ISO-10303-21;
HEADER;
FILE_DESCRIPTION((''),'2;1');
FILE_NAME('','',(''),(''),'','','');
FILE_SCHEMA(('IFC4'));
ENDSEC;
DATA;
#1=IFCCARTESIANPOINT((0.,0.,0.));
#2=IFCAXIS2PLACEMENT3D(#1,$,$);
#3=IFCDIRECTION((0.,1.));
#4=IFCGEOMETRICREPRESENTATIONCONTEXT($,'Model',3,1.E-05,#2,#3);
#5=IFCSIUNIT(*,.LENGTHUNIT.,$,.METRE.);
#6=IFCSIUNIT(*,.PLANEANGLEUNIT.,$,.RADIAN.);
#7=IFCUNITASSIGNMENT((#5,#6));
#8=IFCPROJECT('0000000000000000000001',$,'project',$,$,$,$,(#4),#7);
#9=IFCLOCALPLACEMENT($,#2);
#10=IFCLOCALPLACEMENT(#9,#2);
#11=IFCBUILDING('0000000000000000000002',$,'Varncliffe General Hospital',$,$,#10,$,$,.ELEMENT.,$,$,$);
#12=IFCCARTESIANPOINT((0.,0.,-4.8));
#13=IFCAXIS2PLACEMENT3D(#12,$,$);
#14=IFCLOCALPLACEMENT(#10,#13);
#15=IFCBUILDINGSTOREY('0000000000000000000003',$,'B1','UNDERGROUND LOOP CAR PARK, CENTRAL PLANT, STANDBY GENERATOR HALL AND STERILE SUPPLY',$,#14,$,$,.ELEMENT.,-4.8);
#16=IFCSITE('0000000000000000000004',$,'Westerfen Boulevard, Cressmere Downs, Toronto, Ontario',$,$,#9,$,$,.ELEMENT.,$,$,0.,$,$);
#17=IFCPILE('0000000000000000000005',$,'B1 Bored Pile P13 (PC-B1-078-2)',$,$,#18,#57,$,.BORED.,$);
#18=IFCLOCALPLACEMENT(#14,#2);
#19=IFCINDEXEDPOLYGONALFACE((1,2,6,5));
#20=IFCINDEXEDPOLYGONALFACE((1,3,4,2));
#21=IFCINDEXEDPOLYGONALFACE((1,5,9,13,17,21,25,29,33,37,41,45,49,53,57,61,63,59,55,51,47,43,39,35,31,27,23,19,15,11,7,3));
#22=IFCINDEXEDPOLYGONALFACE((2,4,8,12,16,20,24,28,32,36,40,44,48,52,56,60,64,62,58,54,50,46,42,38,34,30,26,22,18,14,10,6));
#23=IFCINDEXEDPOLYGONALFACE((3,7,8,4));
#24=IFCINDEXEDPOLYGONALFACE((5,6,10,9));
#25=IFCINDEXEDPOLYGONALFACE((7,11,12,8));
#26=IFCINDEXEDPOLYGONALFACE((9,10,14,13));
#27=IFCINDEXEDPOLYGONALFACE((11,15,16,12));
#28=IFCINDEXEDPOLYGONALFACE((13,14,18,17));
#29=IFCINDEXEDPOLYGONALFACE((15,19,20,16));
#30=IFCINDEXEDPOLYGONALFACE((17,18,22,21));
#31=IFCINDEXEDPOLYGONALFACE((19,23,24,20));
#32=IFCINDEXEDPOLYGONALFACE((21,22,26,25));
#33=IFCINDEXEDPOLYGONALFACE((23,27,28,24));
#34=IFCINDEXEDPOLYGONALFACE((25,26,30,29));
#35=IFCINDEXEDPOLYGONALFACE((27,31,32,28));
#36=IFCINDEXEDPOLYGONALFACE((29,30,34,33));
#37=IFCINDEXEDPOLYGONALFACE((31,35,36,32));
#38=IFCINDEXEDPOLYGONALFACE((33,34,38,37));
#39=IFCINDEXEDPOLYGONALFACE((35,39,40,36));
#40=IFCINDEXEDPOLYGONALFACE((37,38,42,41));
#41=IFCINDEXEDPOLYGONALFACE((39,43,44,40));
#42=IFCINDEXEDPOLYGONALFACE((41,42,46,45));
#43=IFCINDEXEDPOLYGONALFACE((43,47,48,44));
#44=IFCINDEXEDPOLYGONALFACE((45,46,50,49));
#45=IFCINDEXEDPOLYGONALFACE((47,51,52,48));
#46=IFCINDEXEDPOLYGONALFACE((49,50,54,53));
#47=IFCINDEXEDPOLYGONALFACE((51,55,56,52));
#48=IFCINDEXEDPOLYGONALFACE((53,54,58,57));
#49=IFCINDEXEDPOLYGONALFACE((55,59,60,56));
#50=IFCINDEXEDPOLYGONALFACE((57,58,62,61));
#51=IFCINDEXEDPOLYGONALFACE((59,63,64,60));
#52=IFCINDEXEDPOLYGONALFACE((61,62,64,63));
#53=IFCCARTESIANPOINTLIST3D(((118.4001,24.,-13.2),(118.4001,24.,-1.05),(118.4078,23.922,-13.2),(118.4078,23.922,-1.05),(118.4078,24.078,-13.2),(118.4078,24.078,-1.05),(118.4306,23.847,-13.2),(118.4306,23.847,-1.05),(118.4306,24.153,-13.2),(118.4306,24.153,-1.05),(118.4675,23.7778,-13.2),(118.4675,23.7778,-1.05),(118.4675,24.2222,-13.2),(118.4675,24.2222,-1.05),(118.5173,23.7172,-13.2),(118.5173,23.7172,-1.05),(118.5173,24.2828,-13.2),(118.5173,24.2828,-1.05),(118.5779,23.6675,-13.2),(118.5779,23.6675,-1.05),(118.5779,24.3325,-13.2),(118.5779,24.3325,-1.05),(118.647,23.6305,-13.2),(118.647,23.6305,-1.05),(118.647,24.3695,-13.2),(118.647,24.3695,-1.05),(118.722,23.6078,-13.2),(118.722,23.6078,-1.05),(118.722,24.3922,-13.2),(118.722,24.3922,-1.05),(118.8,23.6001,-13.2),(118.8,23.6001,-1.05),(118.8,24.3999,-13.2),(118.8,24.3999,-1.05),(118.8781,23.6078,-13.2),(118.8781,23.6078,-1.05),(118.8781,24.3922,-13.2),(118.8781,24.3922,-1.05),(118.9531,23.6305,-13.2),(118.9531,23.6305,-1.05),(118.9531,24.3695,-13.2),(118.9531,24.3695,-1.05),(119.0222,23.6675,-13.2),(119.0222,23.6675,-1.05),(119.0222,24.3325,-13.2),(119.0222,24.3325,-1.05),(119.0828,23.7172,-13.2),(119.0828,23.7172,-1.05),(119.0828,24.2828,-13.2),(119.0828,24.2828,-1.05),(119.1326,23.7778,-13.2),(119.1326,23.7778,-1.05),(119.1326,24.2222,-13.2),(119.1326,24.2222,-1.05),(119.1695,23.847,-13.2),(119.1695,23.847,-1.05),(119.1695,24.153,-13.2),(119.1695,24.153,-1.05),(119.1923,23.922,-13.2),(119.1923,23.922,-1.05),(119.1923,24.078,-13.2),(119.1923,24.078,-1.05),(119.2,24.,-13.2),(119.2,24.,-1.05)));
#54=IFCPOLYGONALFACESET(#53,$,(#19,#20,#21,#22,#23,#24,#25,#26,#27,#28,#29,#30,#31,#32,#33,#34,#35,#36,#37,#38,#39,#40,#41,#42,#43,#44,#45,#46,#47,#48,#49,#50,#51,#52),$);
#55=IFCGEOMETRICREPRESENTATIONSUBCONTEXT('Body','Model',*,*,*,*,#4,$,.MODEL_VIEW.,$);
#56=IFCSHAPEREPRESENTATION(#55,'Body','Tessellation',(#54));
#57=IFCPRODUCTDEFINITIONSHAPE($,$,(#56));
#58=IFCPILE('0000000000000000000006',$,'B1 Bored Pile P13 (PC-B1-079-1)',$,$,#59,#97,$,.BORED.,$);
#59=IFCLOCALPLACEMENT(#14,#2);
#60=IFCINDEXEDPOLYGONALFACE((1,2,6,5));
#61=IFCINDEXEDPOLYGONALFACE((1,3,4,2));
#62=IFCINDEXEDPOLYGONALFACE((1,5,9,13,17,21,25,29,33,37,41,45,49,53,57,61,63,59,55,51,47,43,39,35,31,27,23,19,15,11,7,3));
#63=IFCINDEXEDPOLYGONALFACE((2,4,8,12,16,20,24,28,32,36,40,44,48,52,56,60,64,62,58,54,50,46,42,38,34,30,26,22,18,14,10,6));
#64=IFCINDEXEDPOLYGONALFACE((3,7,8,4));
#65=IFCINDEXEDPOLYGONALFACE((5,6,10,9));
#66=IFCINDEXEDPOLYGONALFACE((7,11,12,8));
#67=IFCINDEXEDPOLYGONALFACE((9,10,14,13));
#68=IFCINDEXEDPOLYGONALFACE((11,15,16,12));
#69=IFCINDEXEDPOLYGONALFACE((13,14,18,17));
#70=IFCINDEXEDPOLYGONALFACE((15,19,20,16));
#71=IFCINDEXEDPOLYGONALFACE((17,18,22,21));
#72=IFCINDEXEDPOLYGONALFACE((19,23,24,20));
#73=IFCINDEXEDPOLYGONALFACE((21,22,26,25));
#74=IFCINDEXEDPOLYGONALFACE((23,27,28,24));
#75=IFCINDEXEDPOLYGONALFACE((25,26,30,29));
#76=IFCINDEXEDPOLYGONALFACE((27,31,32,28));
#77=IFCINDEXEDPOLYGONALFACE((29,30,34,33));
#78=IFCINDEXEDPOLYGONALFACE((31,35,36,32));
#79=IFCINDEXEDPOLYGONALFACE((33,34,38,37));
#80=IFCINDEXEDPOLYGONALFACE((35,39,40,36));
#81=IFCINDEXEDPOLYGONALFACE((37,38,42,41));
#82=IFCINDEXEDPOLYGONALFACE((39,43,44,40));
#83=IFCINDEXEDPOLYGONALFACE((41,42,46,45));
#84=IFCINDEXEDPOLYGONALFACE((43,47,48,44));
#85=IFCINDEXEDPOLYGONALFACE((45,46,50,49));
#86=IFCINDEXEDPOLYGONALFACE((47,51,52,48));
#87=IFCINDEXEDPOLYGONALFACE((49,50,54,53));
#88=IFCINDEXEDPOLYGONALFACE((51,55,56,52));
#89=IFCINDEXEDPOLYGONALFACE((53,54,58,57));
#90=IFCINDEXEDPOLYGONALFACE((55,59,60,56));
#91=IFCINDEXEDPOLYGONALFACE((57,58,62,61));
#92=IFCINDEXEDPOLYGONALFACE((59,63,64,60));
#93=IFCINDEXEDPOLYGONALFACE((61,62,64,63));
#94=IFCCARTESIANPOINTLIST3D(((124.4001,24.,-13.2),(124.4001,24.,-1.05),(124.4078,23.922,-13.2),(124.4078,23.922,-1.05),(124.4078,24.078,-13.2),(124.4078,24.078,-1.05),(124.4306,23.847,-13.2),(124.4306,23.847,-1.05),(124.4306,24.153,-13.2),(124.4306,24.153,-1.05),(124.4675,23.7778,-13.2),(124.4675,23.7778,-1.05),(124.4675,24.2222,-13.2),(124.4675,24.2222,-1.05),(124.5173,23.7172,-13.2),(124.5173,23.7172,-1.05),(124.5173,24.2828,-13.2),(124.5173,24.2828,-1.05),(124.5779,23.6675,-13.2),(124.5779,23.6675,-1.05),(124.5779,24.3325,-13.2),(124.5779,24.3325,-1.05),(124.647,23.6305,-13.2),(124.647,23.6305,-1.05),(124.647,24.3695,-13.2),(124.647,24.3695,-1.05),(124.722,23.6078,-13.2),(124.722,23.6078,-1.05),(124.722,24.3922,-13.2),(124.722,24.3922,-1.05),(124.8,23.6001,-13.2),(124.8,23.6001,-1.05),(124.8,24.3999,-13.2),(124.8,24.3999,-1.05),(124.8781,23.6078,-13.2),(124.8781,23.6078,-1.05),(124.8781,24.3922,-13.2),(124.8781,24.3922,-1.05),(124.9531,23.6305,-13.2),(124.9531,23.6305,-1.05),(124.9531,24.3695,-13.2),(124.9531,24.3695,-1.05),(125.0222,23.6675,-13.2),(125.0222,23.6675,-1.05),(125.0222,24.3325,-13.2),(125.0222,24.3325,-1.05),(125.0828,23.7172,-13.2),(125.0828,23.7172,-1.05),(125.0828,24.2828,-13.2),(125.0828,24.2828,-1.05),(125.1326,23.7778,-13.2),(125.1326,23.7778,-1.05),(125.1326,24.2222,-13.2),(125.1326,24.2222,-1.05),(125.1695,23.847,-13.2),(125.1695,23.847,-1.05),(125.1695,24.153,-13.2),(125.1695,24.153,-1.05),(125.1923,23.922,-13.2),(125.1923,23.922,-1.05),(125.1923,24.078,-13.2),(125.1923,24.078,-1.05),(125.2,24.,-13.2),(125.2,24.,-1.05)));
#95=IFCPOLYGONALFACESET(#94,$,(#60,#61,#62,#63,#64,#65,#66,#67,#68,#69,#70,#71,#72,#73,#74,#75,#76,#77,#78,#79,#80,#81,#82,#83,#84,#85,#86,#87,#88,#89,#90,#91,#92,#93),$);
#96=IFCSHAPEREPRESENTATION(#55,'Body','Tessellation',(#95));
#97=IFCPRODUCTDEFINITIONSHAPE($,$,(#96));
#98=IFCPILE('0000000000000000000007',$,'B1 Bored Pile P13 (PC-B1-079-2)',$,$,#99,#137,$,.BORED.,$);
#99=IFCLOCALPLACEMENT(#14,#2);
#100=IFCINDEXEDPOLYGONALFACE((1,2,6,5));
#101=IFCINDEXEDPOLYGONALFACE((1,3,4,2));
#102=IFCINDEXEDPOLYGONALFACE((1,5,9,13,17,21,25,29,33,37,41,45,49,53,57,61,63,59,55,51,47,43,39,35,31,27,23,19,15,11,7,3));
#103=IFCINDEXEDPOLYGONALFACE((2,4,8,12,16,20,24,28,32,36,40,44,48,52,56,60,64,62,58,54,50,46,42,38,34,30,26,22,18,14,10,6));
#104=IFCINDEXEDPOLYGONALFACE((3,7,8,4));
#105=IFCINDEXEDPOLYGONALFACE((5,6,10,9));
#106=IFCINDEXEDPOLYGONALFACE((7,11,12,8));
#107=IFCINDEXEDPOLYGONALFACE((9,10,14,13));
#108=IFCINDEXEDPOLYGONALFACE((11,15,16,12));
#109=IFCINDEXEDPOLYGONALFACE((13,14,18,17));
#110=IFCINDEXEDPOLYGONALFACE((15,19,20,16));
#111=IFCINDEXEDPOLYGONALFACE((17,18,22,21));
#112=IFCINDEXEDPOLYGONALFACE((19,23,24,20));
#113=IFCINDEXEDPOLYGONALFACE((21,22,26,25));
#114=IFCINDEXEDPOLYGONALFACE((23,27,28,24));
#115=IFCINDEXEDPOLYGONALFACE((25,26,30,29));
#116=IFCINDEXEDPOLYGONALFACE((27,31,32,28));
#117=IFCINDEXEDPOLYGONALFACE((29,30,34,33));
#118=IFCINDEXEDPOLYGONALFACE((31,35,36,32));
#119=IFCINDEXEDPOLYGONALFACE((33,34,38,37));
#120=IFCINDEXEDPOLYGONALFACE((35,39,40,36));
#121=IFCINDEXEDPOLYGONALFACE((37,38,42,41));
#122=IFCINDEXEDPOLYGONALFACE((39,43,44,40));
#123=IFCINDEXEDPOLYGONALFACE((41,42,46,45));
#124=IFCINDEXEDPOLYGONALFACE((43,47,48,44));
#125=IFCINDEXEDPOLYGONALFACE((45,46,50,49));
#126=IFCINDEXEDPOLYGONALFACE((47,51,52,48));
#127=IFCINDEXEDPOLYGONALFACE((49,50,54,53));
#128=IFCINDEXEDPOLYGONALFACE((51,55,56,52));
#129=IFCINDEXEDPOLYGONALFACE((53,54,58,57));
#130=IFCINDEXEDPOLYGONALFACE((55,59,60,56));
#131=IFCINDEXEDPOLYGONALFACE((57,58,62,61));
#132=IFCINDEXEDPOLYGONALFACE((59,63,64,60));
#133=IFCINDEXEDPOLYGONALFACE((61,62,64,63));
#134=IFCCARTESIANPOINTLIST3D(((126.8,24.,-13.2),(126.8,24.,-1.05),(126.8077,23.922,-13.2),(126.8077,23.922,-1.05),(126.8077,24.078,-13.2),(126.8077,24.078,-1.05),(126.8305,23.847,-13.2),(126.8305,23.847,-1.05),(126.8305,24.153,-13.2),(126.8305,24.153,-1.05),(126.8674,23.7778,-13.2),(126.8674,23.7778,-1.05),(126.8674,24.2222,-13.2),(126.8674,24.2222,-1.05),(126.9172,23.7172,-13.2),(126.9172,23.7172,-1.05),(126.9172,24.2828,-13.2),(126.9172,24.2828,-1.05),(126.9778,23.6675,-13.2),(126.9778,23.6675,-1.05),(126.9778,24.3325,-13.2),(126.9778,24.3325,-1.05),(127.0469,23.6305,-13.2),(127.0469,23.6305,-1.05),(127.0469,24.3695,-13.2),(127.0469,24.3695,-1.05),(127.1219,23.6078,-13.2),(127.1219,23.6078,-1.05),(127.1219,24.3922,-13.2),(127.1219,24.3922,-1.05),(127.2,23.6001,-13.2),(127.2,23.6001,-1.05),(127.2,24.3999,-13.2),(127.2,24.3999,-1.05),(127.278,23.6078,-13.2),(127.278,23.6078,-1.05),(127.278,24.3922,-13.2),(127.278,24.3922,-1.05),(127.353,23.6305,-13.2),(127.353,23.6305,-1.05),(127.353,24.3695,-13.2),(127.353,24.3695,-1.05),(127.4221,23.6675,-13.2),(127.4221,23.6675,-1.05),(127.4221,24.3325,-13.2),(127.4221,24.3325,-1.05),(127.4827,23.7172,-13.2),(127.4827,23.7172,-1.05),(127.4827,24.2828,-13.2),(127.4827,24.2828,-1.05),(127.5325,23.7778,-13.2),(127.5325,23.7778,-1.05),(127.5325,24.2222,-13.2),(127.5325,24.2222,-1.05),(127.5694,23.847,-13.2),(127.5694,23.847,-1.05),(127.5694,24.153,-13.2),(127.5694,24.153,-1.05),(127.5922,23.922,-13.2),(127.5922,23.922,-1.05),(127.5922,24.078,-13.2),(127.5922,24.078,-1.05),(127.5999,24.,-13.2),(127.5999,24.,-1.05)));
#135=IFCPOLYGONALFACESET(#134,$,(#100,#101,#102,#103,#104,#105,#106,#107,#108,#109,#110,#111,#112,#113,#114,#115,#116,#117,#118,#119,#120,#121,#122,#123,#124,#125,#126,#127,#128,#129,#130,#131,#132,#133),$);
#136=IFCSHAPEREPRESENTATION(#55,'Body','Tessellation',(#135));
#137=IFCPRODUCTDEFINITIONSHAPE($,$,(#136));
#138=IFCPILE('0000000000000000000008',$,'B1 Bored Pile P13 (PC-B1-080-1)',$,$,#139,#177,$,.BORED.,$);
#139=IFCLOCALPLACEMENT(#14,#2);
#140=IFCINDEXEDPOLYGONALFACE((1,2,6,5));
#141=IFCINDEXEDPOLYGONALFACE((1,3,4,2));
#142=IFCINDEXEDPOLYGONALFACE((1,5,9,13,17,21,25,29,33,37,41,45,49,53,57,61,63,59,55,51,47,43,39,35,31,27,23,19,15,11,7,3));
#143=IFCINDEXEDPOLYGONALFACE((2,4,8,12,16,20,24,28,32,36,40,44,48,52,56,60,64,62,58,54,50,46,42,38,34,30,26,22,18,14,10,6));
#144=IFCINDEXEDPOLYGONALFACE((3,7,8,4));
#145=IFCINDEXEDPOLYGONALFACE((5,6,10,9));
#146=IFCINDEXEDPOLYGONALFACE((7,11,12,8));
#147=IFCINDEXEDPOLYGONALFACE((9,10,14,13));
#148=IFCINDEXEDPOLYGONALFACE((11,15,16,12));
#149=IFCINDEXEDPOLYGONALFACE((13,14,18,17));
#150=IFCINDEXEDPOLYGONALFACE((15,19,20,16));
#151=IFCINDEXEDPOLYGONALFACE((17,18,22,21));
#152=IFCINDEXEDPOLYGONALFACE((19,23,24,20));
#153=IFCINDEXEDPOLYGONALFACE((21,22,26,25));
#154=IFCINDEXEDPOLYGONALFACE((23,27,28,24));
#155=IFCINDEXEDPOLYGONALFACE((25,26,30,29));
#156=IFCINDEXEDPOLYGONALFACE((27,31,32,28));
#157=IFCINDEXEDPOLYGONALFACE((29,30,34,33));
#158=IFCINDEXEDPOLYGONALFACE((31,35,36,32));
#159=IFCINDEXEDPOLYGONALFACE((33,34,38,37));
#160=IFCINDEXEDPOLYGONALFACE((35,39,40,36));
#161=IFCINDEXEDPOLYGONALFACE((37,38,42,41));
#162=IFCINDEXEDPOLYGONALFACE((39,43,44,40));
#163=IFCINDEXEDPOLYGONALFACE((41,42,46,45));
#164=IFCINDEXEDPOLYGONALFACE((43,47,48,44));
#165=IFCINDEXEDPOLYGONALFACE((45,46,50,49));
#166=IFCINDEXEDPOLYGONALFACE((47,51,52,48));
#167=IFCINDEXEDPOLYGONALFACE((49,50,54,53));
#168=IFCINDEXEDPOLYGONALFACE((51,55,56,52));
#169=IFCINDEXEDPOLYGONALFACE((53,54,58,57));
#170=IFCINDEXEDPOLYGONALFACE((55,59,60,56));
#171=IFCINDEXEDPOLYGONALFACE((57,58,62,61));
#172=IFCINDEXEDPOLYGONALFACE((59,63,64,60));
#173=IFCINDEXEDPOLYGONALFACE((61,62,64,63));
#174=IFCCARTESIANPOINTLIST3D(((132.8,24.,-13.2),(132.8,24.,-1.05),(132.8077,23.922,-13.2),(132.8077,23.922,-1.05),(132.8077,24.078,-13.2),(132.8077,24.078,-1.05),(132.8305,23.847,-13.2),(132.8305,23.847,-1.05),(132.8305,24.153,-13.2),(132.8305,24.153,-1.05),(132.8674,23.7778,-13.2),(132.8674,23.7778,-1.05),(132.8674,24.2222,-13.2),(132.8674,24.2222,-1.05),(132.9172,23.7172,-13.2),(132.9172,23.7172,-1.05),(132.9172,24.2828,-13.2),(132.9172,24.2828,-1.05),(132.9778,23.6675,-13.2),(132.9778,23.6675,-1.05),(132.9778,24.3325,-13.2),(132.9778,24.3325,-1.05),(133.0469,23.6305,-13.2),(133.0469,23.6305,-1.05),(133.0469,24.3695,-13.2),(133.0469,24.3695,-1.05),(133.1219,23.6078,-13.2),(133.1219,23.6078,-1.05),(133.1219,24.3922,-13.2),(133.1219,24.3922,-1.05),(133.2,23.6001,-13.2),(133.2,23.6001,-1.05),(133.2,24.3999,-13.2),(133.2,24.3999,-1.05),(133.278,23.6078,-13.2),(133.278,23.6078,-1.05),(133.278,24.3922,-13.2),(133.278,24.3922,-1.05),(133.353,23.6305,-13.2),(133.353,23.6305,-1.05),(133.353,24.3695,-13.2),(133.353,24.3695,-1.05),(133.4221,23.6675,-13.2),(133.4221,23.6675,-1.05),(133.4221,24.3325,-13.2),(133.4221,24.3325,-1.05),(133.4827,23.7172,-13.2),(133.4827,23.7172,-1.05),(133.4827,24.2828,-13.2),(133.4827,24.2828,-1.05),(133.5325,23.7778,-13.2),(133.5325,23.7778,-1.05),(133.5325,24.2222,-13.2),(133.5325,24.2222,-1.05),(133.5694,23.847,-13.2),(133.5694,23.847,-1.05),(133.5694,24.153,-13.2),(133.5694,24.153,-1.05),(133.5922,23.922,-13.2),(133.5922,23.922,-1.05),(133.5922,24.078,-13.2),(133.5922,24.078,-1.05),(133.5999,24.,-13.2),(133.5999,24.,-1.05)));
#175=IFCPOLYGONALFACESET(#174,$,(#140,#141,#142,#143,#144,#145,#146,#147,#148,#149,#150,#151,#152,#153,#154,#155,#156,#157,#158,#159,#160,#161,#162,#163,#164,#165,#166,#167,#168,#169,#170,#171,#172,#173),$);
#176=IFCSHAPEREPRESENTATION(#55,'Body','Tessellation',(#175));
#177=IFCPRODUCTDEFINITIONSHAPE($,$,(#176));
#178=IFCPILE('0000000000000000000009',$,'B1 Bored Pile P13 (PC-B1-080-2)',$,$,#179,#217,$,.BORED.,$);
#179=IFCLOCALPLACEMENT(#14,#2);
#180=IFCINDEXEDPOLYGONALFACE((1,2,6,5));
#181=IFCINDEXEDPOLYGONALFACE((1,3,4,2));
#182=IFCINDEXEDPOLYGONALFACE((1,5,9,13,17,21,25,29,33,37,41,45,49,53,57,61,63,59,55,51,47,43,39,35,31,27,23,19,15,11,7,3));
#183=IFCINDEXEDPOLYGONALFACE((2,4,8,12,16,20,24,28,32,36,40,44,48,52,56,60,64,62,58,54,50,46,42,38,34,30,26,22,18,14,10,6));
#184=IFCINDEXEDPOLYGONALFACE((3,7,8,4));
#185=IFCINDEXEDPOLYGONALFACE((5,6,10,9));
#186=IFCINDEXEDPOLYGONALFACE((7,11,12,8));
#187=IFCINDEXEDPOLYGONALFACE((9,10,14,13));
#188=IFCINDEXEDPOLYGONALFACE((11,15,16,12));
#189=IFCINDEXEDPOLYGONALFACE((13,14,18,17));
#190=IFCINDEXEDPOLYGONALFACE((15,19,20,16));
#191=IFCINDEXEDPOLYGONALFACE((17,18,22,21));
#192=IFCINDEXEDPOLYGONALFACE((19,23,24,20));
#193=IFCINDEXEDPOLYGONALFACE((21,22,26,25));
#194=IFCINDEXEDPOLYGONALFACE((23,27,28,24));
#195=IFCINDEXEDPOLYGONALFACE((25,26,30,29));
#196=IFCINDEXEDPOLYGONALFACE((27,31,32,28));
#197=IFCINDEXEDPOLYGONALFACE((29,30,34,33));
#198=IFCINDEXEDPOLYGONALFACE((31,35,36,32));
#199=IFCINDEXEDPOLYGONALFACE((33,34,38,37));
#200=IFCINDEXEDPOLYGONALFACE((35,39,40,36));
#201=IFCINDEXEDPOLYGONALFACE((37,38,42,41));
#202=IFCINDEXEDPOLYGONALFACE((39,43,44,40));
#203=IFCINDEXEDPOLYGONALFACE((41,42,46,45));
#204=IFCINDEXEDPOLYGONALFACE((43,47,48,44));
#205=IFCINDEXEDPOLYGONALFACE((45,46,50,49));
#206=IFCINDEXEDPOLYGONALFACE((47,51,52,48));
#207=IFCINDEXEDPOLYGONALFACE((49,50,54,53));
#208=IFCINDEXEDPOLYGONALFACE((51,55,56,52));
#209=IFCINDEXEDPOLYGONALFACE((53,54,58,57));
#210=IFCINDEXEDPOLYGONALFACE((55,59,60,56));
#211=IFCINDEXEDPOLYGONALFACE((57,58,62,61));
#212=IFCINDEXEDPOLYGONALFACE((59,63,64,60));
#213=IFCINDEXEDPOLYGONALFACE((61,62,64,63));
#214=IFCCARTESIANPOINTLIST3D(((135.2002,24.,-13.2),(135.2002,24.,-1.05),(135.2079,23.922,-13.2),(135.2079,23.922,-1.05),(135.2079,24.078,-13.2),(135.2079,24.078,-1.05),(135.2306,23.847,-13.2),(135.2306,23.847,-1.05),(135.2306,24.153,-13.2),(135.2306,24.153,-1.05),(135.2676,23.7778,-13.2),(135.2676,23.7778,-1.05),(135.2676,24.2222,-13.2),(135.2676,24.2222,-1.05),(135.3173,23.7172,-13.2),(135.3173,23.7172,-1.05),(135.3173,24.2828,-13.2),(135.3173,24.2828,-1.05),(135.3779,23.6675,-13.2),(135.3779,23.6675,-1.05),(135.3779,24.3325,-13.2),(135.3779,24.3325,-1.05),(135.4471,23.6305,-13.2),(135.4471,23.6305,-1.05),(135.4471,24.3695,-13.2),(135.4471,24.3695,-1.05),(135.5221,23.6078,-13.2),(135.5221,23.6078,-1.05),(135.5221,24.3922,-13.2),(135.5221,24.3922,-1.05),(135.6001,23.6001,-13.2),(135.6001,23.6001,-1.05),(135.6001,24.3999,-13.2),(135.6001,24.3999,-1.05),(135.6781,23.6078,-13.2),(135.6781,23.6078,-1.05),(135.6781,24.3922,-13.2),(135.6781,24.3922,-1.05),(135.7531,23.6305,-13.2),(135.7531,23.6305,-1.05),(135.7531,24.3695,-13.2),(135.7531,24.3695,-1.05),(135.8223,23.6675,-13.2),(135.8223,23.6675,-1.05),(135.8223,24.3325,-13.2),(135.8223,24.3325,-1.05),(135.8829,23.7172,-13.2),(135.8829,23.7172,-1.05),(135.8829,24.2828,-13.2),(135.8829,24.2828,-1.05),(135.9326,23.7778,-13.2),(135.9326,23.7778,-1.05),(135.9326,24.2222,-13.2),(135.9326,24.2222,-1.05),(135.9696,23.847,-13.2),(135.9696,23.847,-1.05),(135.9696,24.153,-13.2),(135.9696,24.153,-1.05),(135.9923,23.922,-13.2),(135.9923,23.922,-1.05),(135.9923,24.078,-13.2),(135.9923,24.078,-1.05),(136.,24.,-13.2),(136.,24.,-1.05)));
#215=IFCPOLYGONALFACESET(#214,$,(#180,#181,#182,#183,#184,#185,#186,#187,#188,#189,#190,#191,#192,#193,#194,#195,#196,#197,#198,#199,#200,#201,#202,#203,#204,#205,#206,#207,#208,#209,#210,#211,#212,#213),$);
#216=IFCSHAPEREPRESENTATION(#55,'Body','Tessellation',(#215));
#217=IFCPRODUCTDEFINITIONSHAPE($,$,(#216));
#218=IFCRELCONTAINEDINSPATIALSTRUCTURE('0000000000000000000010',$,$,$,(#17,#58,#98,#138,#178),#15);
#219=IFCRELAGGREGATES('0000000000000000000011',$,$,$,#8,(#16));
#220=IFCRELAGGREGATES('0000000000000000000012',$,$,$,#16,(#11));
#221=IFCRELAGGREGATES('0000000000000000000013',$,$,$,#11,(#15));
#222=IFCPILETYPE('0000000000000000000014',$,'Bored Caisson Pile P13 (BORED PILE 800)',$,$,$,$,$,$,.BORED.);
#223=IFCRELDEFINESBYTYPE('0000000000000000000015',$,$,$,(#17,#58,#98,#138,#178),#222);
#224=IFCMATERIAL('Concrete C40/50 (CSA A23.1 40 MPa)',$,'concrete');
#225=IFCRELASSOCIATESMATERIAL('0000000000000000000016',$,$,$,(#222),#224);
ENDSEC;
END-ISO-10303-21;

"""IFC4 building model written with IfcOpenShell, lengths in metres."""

from ifc_helpers import new_model, si_unit, direction, frame, origin, origin_2d, place, context, subcontext, project, spatial, circle, extrude, material, material_profile, profile_set, type_object, element, save


model = new_model("IFC4")

# Units and contexts
model_context = context("Model", 3, precision=1e-05, world=origin(), true_north=direction((0.0, 1.0)))
body_context = subcontext(model_context, "Body", "Model", "MODEL_VIEW")
ifc_project = project(units=[si_unit("LENGTHUNIT", "METRE"), si_unit("PLANEANGLEUNIT", "RADIAN")], contexts=[model_context])

# Site, building, storey
site_placement = place(None, origin())
site = spatial("IfcSite", under=ifc_project, at=site_placement, Name="Westerfen Boulevard, Cressmere Downs, Toronto, Ontario", CompositionType="ELEMENT", RefElevation=0.0)
building_placement = place(site_placement, origin())
building = spatial("IfcBuilding", under=site, at=building_placement, Name="Varncliffe General Hospital", CompositionType="ELEMENT")
storey_placement = place(building_placement, frame((0.0, 0.0, -4.8)))
storey = spatial("IfcBuildingStorey", under=building, at=storey_placement, Name="B1", Description="UNDERGROUND LOOP CAR PARK, CENTRAL PLANT, STANDBY GENERATOR HALL AND STERILE SUPPLY", CompositionType="ELEMENT", Elevation=-4.8)

# Piles
ifc_material_1 = material(Name="Concrete C40/50 (CSA A23.1 40 MPa)", Category="concrete")
ifc_material_profile_1 = material_profile(ifc_material_1, circle(Radius=0.3999, at=origin_2d()), Name="BORED PILE 800")
ifc_profile_set_1 = profile_set([ifc_material_profile_1], Name="Concrete C40/50 (CSA A23.1 40 MPa)")
pile_type = type_object("IfcPileType", Name="Bored Caisson Pile P13 (BORED PILE 800)", PredefinedType="BORED", material=ifc_profile_set_1)
for number, where, z_axis, x_axis, name in (
    (1, (118.8, 24.0, -1.05), (0.0, 0.0, -1.0), (1.0, 0.0, 0.0), "B1 Bored Pile P13 (PC-B1-078-2)"),
    (2, (124.8, 24.0, -1.05), (0.0, 0.0, -1.0), (1.0, 0.0, 0.0), "B1 Bored Pile P13 (PC-B1-079-1)"),
    (3, (127.2, 24.0, -1.05), (0.0, 0.0, -1.0), (1.0, 0.0, 0.0), "B1 Bored Pile P13 (PC-B1-079-2)"),
    (4, (133.2, 24.0, -1.05), (0.0, 0.0, -1.0), (1.0, 0.0, 0.0), "B1 Bored Pile P13 (PC-B1-080-1)"),
    (5, (135.6001, 24.0, -1.05), (0.0, 0.0, -1.0), (1.0, 0.0, 0.0), "B1 Bored Pile P13 (PC-B1-080-2)"),
):
    element("IfcPile", number, at=place(storey_placement, frame(where, z_axis=z_axis, x_axis=x_axis)), inside=storey, type_object=pile_type, Name=name, PredefinedType="BORED", context=body_context, shape_type="SweptSolid", body=[
        extrude(circle(Radius=0.3999, at=origin_2d()), origin(), (0.0, 0.0, 1.0), 12.1499),
    ])

save(model, "model.ifc")
